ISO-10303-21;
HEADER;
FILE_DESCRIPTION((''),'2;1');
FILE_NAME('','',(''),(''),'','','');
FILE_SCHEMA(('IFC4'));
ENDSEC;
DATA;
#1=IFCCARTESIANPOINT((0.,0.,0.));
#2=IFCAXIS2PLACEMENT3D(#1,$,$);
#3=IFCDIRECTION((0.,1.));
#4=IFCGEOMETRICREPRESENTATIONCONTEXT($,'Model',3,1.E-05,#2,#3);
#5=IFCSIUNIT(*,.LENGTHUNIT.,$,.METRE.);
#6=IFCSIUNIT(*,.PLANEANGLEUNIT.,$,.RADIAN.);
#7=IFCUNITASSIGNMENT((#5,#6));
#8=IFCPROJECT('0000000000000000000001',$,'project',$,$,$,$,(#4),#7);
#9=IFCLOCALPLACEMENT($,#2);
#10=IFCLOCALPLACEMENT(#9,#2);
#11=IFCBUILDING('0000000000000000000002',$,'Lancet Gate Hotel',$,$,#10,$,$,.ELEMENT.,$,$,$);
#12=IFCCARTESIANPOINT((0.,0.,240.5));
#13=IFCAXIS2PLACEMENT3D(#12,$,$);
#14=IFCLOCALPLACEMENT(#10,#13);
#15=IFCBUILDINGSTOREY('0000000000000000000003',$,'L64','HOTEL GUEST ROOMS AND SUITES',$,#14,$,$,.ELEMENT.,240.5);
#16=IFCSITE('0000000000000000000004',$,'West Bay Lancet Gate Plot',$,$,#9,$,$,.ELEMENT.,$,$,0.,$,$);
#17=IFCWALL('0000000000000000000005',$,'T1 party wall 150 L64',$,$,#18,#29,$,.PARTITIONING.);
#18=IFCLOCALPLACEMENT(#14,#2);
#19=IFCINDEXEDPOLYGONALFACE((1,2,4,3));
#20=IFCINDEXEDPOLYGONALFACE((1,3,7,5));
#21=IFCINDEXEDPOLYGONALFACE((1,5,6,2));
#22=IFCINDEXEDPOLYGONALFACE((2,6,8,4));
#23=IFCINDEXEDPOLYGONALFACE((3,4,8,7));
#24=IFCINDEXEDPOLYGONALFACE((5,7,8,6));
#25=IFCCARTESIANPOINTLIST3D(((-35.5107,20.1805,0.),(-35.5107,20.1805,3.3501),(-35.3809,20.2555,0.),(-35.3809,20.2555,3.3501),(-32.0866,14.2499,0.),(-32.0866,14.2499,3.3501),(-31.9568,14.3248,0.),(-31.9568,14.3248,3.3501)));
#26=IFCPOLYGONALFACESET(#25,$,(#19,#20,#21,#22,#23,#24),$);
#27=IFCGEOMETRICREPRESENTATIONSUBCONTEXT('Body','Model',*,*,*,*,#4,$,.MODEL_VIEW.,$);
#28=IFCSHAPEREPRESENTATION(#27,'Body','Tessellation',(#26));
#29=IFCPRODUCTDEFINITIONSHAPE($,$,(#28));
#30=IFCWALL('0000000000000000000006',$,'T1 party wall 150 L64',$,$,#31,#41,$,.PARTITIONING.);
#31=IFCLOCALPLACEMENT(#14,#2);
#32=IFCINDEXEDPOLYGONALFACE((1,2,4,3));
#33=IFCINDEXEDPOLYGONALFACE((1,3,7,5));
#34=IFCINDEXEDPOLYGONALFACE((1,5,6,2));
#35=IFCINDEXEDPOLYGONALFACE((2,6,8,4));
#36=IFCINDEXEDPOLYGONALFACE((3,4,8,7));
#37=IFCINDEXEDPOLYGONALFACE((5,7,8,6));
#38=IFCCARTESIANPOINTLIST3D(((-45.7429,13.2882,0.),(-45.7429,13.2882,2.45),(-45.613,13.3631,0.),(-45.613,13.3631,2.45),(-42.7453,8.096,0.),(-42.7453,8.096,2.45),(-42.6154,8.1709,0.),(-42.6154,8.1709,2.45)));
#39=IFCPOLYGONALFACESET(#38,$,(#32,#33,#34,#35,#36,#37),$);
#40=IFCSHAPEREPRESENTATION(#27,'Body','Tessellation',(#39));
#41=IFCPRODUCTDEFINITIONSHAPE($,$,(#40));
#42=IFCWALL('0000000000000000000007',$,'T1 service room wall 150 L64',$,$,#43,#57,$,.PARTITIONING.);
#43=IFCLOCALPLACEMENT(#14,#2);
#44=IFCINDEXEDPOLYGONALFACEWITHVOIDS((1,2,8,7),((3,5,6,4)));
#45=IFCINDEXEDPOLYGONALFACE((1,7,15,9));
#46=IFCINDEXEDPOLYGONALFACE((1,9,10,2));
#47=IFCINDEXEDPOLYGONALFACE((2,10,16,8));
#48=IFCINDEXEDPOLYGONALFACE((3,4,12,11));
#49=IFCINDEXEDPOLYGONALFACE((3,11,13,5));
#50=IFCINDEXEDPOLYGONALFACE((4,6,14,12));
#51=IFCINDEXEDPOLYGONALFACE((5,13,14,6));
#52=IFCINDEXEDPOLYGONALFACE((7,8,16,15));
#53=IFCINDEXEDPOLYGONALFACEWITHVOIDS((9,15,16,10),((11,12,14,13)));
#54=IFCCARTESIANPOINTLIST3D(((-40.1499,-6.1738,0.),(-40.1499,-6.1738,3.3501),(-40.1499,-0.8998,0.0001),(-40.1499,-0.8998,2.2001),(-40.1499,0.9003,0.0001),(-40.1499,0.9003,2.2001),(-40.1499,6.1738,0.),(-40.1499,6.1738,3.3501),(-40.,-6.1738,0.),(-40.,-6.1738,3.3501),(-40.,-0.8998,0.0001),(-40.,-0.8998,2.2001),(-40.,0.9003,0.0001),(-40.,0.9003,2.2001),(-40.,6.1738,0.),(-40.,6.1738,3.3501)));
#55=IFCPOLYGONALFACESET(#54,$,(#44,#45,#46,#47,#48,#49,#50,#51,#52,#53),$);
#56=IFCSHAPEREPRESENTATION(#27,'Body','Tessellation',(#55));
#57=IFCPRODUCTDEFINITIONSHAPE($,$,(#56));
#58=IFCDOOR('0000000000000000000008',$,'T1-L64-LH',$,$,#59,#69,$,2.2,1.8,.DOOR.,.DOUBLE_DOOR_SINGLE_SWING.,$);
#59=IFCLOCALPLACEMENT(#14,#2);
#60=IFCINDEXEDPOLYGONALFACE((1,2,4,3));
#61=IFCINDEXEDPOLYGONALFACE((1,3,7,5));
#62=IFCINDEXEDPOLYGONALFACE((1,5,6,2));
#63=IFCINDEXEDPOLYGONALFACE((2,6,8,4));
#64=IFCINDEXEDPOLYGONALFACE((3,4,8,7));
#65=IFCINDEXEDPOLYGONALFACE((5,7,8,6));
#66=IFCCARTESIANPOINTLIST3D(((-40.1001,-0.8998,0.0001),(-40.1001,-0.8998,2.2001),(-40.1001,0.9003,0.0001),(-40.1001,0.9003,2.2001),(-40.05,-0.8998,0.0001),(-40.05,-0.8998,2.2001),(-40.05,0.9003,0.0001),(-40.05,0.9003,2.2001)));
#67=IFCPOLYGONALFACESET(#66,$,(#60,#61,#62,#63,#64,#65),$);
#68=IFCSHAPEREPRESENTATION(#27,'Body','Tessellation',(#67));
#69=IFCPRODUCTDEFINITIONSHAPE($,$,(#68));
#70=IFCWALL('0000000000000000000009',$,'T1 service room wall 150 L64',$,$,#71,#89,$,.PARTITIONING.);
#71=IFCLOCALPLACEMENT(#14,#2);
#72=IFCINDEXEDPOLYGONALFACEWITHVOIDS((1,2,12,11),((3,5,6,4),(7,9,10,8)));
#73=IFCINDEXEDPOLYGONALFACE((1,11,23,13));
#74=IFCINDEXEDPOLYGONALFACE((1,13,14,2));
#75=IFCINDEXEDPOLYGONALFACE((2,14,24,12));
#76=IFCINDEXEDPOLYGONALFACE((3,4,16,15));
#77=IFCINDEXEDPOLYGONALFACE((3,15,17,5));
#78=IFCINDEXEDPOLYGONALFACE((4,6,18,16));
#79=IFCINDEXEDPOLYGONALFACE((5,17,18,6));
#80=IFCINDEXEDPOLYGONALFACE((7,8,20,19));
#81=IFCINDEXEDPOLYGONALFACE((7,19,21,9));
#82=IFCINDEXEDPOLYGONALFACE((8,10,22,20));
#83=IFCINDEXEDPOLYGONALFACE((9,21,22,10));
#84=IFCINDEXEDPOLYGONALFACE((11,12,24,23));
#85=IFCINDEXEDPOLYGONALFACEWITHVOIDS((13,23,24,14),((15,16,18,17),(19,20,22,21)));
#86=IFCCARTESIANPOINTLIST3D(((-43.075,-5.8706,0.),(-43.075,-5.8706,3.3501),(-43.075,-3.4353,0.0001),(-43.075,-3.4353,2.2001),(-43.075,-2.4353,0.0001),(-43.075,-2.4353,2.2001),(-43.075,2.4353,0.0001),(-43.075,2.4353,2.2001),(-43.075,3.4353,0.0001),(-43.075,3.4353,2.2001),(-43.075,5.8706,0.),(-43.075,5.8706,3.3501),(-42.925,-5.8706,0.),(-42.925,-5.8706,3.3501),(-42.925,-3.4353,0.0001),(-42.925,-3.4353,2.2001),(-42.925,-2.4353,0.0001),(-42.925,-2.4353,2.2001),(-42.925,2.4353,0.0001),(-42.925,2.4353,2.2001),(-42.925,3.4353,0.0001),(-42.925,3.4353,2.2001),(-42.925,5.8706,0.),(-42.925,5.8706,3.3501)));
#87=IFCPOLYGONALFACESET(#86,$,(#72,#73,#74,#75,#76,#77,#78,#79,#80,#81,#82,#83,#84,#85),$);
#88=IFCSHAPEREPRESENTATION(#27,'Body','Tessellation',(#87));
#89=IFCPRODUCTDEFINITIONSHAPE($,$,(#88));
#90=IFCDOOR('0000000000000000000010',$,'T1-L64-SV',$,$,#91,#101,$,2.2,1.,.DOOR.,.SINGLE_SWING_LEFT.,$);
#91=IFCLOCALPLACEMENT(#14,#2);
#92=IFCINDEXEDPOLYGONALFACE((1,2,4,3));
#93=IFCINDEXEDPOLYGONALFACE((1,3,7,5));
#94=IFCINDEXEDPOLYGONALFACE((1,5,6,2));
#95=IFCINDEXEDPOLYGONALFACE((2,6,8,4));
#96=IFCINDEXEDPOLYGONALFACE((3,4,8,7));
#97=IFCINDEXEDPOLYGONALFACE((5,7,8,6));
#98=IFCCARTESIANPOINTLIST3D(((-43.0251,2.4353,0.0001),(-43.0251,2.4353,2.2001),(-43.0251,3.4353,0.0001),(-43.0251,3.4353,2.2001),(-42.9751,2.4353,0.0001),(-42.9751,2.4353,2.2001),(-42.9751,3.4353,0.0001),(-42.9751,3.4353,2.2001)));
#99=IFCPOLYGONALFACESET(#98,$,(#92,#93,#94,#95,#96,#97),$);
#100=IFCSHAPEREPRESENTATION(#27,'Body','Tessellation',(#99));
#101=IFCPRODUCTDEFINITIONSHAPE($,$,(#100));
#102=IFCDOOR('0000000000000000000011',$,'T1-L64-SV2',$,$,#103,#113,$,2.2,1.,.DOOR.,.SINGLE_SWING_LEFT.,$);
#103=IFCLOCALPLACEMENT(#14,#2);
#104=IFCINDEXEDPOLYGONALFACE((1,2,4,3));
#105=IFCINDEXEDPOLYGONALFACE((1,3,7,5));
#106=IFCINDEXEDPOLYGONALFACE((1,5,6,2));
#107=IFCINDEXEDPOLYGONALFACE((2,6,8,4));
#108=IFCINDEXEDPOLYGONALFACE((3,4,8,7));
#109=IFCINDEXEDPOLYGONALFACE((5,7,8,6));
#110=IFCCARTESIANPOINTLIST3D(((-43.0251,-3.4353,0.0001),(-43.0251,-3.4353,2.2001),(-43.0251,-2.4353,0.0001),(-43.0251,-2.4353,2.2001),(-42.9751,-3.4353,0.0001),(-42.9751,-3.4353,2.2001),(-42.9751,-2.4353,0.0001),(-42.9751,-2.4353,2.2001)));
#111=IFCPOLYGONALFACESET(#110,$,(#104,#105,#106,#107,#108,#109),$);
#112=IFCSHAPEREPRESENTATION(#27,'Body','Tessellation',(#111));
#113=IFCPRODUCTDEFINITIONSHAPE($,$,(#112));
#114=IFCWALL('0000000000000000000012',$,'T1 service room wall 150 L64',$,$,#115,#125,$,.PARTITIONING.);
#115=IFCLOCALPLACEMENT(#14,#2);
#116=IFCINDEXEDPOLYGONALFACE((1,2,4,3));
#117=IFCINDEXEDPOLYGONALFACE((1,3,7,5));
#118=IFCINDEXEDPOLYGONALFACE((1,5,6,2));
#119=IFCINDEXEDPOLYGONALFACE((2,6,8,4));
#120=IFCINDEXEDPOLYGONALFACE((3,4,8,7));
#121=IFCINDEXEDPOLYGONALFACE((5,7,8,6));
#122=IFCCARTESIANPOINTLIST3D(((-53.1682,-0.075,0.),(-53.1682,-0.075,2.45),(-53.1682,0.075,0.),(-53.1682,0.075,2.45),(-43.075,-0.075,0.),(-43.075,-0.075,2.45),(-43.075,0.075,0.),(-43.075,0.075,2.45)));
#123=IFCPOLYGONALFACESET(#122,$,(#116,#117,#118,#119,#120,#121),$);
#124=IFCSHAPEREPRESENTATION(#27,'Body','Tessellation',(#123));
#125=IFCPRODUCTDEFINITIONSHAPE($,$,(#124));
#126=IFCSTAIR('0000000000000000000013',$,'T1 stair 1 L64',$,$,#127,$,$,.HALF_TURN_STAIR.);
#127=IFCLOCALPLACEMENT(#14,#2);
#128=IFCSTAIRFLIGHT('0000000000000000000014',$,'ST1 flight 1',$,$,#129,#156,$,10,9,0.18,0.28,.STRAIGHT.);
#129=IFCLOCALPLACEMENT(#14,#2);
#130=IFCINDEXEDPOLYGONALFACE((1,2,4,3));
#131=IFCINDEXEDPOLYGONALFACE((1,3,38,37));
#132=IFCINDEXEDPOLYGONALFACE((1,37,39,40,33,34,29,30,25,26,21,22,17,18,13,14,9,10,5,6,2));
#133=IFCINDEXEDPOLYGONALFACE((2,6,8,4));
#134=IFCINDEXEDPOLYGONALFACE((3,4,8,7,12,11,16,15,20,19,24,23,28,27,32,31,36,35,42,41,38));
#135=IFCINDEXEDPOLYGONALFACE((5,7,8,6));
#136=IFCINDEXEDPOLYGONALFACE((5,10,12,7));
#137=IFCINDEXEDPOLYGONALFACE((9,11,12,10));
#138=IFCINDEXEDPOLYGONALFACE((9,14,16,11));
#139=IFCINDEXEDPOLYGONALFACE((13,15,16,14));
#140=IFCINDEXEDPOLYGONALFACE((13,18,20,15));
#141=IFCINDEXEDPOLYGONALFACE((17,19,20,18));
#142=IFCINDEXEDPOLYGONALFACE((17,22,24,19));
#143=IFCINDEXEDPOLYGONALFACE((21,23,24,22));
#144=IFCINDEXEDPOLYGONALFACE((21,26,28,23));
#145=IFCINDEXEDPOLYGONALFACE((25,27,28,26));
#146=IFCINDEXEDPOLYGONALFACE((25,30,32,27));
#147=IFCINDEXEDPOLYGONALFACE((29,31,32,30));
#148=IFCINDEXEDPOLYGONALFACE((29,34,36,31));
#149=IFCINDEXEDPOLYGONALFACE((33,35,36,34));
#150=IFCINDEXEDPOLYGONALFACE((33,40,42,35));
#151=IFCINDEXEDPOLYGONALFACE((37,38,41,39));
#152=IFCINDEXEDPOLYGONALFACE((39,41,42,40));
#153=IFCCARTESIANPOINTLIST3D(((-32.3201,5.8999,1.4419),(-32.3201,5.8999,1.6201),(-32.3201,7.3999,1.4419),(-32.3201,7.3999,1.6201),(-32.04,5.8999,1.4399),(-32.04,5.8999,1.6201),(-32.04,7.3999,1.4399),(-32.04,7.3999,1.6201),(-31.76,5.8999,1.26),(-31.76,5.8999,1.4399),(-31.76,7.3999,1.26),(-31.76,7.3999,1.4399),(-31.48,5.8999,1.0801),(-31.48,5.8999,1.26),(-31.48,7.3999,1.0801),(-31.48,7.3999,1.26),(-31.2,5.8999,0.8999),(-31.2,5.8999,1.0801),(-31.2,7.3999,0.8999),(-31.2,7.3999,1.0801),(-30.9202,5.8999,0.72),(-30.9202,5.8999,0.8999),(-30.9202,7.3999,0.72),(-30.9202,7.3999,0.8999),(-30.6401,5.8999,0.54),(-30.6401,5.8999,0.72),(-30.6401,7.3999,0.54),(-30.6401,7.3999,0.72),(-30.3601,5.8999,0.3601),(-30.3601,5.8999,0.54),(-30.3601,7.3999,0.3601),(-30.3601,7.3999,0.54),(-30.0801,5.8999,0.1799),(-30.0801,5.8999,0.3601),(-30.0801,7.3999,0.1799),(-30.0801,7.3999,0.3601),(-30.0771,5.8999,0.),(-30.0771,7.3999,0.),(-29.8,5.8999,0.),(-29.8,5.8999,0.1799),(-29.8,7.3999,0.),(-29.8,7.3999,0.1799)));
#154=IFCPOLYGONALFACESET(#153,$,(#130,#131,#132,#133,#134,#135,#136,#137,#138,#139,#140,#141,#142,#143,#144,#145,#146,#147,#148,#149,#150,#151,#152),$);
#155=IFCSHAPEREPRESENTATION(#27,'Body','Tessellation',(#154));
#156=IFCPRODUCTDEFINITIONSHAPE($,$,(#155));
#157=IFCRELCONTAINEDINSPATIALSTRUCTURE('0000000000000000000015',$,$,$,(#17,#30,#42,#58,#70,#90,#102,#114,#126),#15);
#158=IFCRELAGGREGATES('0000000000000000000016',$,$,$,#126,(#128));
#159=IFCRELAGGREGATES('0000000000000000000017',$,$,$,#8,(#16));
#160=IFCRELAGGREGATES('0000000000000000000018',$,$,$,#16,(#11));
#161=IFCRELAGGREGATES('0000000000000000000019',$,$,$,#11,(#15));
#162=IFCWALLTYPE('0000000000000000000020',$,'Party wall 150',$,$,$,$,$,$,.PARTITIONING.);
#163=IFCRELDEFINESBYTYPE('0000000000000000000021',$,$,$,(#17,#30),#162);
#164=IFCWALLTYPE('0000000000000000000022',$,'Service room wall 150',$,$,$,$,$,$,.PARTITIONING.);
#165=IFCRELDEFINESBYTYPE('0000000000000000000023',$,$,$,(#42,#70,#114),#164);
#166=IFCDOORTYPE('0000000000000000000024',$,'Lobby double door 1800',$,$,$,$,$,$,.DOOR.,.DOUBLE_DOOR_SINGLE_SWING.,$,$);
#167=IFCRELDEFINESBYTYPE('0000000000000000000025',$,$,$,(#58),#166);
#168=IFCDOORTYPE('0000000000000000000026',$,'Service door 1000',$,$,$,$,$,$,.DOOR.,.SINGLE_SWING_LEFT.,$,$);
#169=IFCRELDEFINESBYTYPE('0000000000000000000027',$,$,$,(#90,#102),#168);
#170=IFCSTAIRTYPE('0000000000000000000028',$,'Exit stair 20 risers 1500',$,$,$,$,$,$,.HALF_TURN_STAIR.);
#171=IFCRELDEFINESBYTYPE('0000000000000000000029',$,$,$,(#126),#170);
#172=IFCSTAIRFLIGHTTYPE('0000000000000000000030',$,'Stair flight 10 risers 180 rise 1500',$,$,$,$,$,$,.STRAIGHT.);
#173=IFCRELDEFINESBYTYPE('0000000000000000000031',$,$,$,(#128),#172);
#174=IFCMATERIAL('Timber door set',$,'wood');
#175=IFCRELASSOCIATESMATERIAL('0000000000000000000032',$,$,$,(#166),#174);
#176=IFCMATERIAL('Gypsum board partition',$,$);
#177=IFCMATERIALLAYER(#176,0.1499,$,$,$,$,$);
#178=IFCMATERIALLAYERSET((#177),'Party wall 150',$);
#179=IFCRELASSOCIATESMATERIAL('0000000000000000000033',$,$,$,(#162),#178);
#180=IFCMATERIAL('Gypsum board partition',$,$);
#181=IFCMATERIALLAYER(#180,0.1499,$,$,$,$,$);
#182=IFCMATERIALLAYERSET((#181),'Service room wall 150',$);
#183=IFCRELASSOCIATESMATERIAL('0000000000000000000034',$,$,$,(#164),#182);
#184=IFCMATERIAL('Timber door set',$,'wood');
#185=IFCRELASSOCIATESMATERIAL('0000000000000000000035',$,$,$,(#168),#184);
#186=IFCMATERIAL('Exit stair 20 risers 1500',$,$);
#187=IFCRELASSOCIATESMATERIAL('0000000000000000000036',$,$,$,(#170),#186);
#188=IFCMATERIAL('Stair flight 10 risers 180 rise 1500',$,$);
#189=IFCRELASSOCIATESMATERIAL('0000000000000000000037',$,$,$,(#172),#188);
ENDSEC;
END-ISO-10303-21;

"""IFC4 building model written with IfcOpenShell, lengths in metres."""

from ifc_helpers import new_model, si_unit, direction, frame, frame_2d, origin, place, context, subcontext, project, spatial, polyline, rectangle, outline, extrude, material, layer, layer_set, type_object, element, fill, aggregate, save


model = new_model("IFC4")

# Units and contexts
model_context = context("Model", 3, precision=1e-05, world=origin(), true_north=direction((0.0, 1.0)))
body_context = subcontext(model_context, "Body", "Model", "MODEL_VIEW")
ifc_project = project(units=[si_unit("LENGTHUNIT", "METRE"), si_unit("PLANEANGLEUNIT", "RADIAN")], contexts=[model_context])

# Site, building, storey
site_placement = place(None, origin())
site = spatial("IfcSite", under=ifc_project, at=site_placement, Name="West Bay Lancet Gate Plot", CompositionType="ELEMENT", RefElevation=0.0)
building_placement = place(site_placement, origin())
building = spatial("IfcBuilding", under=site, at=building_placement, Name="Lancet Gate Hotel", CompositionType="ELEMENT")
storey_placement = place(building_placement, frame((0.0, 0.0, 240.5)))
storey = spatial("IfcBuildingStorey", under=building, at=storey_placement, Name="L64", Description="HOTEL GUEST ROOMS AND SUITES", CompositionType="ELEMENT", Elevation=240.5)

# Shared definitions
ifc_material_1 = material(Name="Timber door set", Category="wood")
door_type_1 = type_object("IfcDoorType", Name="Lobby double door 1800", OperationType="DOUBLE_DOOR_SINGLE_SWING", PredefinedType="DOOR", material=ifc_material_1)

# Walls
ifc_material_2 = material(Name="Gypsum board partition")
ifc_layer_1 = layer(ifc_material_2, 0.1499)
ifc_layer_set_1 = layer_set([ifc_layer_1], Name="Party wall 150")
wall_type_1 = type_object("IfcWallType", Name="Party wall 150", PredefinedType="PARTITIONING", material=ifc_layer_set_1)
wall_1_placement = place(storey_placement, frame((-32.0217, 14.2874, 0.0), z_axis=(0.0, 0.0, 1.0), x_axis=(-0.5, 0.866025, 0.0)))
element("IfcWall", 1, at=wall_1_placement, inside=storey, type_object=wall_type_1, Name="T1 party wall 150 L64", PredefinedType="PARTITIONING", context=body_context, shape_type="SweptSolid", body=[
    extrude(rectangle(XDim=6.8481, YDim=0.1499, at=frame_2d((3.4241, 0.0))), origin(), (0.0, 0.0, 1.0), 3.3501),
])
wall_2_placement = place(storey_placement, frame((-42.6804, 8.1335, 0.0), z_axis=(0.0, 0.0, 1.0), x_axis=(-0.499984, 0.866034, 0.0)))
element("IfcWall", 2, at=wall_2_placement, inside=storey, type_object=wall_type_1, Name="T1 party wall 150 L64", PredefinedType="PARTITIONING", context=body_context, shape_type="SweptSolid", body=[
    extrude(rectangle(XDim=5.9954, YDim=0.1499, at=frame_2d((2.9976, 0.0))), origin(), (0.0, 0.0, 1.0), 2.45),
])

# Wall, opening, door
ifc_material_3 = material(Name="Gypsum board partition")
ifc_layer_2 = layer(ifc_material_3, 0.1499)
ifc_layer_set_2 = layer_set([ifc_layer_2], Name="Service room wall 150")
wall_type_2 = type_object("IfcWallType", Name="Service room wall 150", PredefinedType="PARTITIONING", material=ifc_layer_set_2)
wall_3_placement = place(storey_placement, frame((-40.075, 6.1738, 0.0), z_axis=(0.0, 0.0, 1.0), x_axis=(0.0, -1.0, 0.0)))
wall_3 = element("IfcWall", 3, at=wall_3_placement, inside=storey, type_object=wall_type_2, Name="T1 service room wall 150 L64", PredefinedType="PARTITIONING", context=body_context, shape_type="SweptSolid", body=[
    extrude(rectangle(XDim=12.3477, YDim=0.1499, at=frame_2d((6.1738, 0.0))), origin(), (0.0, 0.0, 1.0), 3.3501),
])
opening_1_placement = place(wall_3_placement, frame((5.2737, 0.0, 0.0)))
opening_1 = element("IfcOpeningElement", 4, at=opening_1_placement, cuts=wall_3, PredefinedType="OPENING", context=body_context, shape_type="SweptSolid", body=[
    extrude(rectangle(XDim=1.8, YDim=2.2, at=frame_2d((0.8999, 1.1001))), frame((0.0, 0.085, 0.0), z_axis=(0.0, -1.0, 0.0), x_axis=(1.0, 0.0, 0.0)), (0.0, 0.0, 1.0), 0.1699),
])
door_1_placement = place(opening_1_placement, origin())
door_1 = element("IfcDoor", 5, at=door_1_placement, inside=storey, type_object=door_type_1, Name="T1-L64-LH", OperationType="DOUBLE_DOOR_SINGLE_SWING", OverallHeight=2.2, OverallWidth=1.8, PredefinedType="DOOR", context=body_context, shape_type="SweptSolid", body=[
    extrude(rectangle(XDim=1.8, YDim=2.2, at=frame_2d((0.8999, 1.1001))), frame((0.0, 0.0249, 0.0), z_axis=(0.0, -1.0, 0.0), x_axis=(1.0, 0.0, 0.0)), (0.0, 0.0, 1.0), 0.05),
])
fill(opening_1, door_1)

# Wall, openings, doors
wall_4_placement = place(storey_placement, frame((-43.0, 5.8706, 0.0), z_axis=(0.0, 0.0, 1.0), x_axis=(0.0, -1.0, 0.0)))
wall_4 = element("IfcWall", 6, at=wall_4_placement, inside=storey, type_object=wall_type_2, Name="T1 service room wall 150 L64", PredefinedType="PARTITIONING", context=body_context, shape_type="SweptSolid", body=[
    extrude(rectangle(XDim=11.7412, YDim=0.1499, at=frame_2d((5.8706, 0.0))), origin(), (0.0, 0.0, 1.0), 3.3501),
])
opening_2_placement = place(wall_4_placement, frame((2.4353, 0.0, 0.0)))
opening_2 = element("IfcOpeningElement", 7, at=opening_2_placement, cuts=wall_4, PredefinedType="OPENING", context=body_context, shape_type="SweptSolid", body=[
    extrude(rectangle(XDim=1.0, YDim=2.2, at=frame_2d((0.5, 1.1001))), frame((0.0, 0.085, 0.0), z_axis=(0.0, -1.0, 0.0), x_axis=(1.0, 0.0, 0.0)), (0.0, 0.0, 1.0), 0.1699),
])
opening_3_placement = place(wall_4_placement, frame((8.3059, 0.0, 0.0)))
opening_3 = element("IfcOpeningElement", 8, at=opening_3_placement, cuts=wall_4, PredefinedType="OPENING", context=body_context, shape_type="SweptSolid", body=[
    extrude(rectangle(XDim=1.0, YDim=2.2, at=frame_2d((0.5, 1.1001))), frame((0.0, 0.085, 0.0), z_axis=(0.0, -1.0, 0.0), x_axis=(1.0, 0.0, 0.0)), (0.0, 0.0, 1.0), 0.1699),
])
ifc_material_4 = material(Name="Timber door set", Category="wood")
door_type_2 = type_object("IfcDoorType", Name="Service door 1000", OperationType="SINGLE_SWING_LEFT", PredefinedType="DOOR", material=ifc_material_4)
door_2_placement = place(opening_2_placement, origin())
door_2 = element("IfcDoor", 9, at=door_2_placement, inside=storey, type_object=door_type_2, Name="T1-L64-SV", OperationType="SINGLE_SWING_LEFT", OverallHeight=2.2, OverallWidth=1.0, PredefinedType="DOOR", context=body_context, shape_type="SweptSolid", body=[
    extrude(rectangle(XDim=1.0, YDim=2.2, at=frame_2d((0.5, 1.1001))), frame((0.0, 0.0249, 0.0), z_axis=(0.0, -1.0, 0.0), x_axis=(1.0, 0.0, 0.0)), (0.0, 0.0, 1.0), 0.05),
])
fill(opening_2, door_2)
door_3_placement = place(opening_3_placement, origin())
door_3 = element("IfcDoor", 10, at=door_3_placement, inside=storey, type_object=door_type_2, Name="T1-L64-SV2", OperationType="SINGLE_SWING_LEFT", OverallHeight=2.2, OverallWidth=1.0, PredefinedType="DOOR", context=body_context, shape_type="SweptSolid", body=[
    extrude(rectangle(XDim=1.0, YDim=2.2, at=frame_2d((0.5, 1.1001))), frame((0.0, 0.0249, 0.0), z_axis=(0.0, -1.0, 0.0), x_axis=(1.0, 0.0, 0.0)), (0.0, 0.0, 1.0), 0.05),
])
fill(opening_3, door_3)

# Wall
wall_5_placement = place(storey_placement, frame((-43.075, 0.0, 0.0), z_axis=(0.0, 0.0, 1.0), x_axis=(-1.0, 0.0, 0.0)))
element("IfcWall", 11, at=wall_5_placement, inside=storey, type_object=wall_type_2, Name="T1 service room wall 150 L64", PredefinedType="PARTITIONING", context=body_context, shape_type="SweptSolid", body=[
    extrude(rectangle(XDim=10.0933, YDim=0.1499, at=frame_2d((5.0466, 0.0))), origin(), (0.0, 0.0, 1.0), 2.45),
])

# Stair, stair flight
ifc_material_5 = material(Name="Exit stair 20 risers 1500")
stair_type = type_object("IfcStairType", Name="Exit stair 20 risers 1500", PredefinedType="HALF_TURN_STAIR", material=ifc_material_5)
stair_placement = place(storey_placement, origin())
stair = element("IfcStair", 12, at=stair_placement, inside=storey, type_object=stair_type, Name="T1 stair 1 L64", PredefinedType="HALF_TURN_STAIR")
ifc_material_6 = material(Name="Stair flight 10 risers 180 rise 1500")
stair_flight_type = type_object("IfcStairFlightType", Name="Stair flight 10 risers 180 rise 1500", PredefinedType="STRAIGHT", material=ifc_material_6)
stair_flight_1_placement = place(storey_placement, frame((-29.8, 6.6499, 0.0), z_axis=(0.0, 0.0, 1.0), x_axis=(-1.0, 0.0, 0.0)))
stair_flight_1 = element("IfcStairFlight", 13, at=stair_flight_1_placement, type_object=stair_flight_type, Name="ST1 flight 1", NumberOfRisers=10, NumberOfTreads=9, PredefinedType="STRAIGHT", RiserHeight=0.18, TreadLength=0.28, context=body_context, shape_type="SweptSolid", body=[
    extrude(outline(polyline([(0.0, 0.0), (0.0, 0.1799), (0.28, 0.1799), (0.28, 0.3601), (0.5601, 0.3601), (0.5601, 0.54), (0.8401, 0.54), (0.8401, 0.72), (1.1201, 0.72), (1.1201, 0.8999), (1.3999, 0.8999), (1.3999, 1.0801), (1.6799, 1.0801), (1.6799, 1.26), (1.96, 1.26), (1.96, 1.4399), (2.24, 1.4399), (2.24, 1.6201), (2.52, 1.6201), (2.52, 1.8), (2.52, 1.4419), (0.2771, 0.0), (0.0, 0.0)])), frame((0.0, 0.75, 0.0), z_axis=(0.0, -1.0, 0.0), x_axis=(1.0, 0.0, 0.0)), (0.0, 0.0, 1.0), 1.5),
])
aggregate(stair, [stair_flight_1])

save(model, "model.ifc")
